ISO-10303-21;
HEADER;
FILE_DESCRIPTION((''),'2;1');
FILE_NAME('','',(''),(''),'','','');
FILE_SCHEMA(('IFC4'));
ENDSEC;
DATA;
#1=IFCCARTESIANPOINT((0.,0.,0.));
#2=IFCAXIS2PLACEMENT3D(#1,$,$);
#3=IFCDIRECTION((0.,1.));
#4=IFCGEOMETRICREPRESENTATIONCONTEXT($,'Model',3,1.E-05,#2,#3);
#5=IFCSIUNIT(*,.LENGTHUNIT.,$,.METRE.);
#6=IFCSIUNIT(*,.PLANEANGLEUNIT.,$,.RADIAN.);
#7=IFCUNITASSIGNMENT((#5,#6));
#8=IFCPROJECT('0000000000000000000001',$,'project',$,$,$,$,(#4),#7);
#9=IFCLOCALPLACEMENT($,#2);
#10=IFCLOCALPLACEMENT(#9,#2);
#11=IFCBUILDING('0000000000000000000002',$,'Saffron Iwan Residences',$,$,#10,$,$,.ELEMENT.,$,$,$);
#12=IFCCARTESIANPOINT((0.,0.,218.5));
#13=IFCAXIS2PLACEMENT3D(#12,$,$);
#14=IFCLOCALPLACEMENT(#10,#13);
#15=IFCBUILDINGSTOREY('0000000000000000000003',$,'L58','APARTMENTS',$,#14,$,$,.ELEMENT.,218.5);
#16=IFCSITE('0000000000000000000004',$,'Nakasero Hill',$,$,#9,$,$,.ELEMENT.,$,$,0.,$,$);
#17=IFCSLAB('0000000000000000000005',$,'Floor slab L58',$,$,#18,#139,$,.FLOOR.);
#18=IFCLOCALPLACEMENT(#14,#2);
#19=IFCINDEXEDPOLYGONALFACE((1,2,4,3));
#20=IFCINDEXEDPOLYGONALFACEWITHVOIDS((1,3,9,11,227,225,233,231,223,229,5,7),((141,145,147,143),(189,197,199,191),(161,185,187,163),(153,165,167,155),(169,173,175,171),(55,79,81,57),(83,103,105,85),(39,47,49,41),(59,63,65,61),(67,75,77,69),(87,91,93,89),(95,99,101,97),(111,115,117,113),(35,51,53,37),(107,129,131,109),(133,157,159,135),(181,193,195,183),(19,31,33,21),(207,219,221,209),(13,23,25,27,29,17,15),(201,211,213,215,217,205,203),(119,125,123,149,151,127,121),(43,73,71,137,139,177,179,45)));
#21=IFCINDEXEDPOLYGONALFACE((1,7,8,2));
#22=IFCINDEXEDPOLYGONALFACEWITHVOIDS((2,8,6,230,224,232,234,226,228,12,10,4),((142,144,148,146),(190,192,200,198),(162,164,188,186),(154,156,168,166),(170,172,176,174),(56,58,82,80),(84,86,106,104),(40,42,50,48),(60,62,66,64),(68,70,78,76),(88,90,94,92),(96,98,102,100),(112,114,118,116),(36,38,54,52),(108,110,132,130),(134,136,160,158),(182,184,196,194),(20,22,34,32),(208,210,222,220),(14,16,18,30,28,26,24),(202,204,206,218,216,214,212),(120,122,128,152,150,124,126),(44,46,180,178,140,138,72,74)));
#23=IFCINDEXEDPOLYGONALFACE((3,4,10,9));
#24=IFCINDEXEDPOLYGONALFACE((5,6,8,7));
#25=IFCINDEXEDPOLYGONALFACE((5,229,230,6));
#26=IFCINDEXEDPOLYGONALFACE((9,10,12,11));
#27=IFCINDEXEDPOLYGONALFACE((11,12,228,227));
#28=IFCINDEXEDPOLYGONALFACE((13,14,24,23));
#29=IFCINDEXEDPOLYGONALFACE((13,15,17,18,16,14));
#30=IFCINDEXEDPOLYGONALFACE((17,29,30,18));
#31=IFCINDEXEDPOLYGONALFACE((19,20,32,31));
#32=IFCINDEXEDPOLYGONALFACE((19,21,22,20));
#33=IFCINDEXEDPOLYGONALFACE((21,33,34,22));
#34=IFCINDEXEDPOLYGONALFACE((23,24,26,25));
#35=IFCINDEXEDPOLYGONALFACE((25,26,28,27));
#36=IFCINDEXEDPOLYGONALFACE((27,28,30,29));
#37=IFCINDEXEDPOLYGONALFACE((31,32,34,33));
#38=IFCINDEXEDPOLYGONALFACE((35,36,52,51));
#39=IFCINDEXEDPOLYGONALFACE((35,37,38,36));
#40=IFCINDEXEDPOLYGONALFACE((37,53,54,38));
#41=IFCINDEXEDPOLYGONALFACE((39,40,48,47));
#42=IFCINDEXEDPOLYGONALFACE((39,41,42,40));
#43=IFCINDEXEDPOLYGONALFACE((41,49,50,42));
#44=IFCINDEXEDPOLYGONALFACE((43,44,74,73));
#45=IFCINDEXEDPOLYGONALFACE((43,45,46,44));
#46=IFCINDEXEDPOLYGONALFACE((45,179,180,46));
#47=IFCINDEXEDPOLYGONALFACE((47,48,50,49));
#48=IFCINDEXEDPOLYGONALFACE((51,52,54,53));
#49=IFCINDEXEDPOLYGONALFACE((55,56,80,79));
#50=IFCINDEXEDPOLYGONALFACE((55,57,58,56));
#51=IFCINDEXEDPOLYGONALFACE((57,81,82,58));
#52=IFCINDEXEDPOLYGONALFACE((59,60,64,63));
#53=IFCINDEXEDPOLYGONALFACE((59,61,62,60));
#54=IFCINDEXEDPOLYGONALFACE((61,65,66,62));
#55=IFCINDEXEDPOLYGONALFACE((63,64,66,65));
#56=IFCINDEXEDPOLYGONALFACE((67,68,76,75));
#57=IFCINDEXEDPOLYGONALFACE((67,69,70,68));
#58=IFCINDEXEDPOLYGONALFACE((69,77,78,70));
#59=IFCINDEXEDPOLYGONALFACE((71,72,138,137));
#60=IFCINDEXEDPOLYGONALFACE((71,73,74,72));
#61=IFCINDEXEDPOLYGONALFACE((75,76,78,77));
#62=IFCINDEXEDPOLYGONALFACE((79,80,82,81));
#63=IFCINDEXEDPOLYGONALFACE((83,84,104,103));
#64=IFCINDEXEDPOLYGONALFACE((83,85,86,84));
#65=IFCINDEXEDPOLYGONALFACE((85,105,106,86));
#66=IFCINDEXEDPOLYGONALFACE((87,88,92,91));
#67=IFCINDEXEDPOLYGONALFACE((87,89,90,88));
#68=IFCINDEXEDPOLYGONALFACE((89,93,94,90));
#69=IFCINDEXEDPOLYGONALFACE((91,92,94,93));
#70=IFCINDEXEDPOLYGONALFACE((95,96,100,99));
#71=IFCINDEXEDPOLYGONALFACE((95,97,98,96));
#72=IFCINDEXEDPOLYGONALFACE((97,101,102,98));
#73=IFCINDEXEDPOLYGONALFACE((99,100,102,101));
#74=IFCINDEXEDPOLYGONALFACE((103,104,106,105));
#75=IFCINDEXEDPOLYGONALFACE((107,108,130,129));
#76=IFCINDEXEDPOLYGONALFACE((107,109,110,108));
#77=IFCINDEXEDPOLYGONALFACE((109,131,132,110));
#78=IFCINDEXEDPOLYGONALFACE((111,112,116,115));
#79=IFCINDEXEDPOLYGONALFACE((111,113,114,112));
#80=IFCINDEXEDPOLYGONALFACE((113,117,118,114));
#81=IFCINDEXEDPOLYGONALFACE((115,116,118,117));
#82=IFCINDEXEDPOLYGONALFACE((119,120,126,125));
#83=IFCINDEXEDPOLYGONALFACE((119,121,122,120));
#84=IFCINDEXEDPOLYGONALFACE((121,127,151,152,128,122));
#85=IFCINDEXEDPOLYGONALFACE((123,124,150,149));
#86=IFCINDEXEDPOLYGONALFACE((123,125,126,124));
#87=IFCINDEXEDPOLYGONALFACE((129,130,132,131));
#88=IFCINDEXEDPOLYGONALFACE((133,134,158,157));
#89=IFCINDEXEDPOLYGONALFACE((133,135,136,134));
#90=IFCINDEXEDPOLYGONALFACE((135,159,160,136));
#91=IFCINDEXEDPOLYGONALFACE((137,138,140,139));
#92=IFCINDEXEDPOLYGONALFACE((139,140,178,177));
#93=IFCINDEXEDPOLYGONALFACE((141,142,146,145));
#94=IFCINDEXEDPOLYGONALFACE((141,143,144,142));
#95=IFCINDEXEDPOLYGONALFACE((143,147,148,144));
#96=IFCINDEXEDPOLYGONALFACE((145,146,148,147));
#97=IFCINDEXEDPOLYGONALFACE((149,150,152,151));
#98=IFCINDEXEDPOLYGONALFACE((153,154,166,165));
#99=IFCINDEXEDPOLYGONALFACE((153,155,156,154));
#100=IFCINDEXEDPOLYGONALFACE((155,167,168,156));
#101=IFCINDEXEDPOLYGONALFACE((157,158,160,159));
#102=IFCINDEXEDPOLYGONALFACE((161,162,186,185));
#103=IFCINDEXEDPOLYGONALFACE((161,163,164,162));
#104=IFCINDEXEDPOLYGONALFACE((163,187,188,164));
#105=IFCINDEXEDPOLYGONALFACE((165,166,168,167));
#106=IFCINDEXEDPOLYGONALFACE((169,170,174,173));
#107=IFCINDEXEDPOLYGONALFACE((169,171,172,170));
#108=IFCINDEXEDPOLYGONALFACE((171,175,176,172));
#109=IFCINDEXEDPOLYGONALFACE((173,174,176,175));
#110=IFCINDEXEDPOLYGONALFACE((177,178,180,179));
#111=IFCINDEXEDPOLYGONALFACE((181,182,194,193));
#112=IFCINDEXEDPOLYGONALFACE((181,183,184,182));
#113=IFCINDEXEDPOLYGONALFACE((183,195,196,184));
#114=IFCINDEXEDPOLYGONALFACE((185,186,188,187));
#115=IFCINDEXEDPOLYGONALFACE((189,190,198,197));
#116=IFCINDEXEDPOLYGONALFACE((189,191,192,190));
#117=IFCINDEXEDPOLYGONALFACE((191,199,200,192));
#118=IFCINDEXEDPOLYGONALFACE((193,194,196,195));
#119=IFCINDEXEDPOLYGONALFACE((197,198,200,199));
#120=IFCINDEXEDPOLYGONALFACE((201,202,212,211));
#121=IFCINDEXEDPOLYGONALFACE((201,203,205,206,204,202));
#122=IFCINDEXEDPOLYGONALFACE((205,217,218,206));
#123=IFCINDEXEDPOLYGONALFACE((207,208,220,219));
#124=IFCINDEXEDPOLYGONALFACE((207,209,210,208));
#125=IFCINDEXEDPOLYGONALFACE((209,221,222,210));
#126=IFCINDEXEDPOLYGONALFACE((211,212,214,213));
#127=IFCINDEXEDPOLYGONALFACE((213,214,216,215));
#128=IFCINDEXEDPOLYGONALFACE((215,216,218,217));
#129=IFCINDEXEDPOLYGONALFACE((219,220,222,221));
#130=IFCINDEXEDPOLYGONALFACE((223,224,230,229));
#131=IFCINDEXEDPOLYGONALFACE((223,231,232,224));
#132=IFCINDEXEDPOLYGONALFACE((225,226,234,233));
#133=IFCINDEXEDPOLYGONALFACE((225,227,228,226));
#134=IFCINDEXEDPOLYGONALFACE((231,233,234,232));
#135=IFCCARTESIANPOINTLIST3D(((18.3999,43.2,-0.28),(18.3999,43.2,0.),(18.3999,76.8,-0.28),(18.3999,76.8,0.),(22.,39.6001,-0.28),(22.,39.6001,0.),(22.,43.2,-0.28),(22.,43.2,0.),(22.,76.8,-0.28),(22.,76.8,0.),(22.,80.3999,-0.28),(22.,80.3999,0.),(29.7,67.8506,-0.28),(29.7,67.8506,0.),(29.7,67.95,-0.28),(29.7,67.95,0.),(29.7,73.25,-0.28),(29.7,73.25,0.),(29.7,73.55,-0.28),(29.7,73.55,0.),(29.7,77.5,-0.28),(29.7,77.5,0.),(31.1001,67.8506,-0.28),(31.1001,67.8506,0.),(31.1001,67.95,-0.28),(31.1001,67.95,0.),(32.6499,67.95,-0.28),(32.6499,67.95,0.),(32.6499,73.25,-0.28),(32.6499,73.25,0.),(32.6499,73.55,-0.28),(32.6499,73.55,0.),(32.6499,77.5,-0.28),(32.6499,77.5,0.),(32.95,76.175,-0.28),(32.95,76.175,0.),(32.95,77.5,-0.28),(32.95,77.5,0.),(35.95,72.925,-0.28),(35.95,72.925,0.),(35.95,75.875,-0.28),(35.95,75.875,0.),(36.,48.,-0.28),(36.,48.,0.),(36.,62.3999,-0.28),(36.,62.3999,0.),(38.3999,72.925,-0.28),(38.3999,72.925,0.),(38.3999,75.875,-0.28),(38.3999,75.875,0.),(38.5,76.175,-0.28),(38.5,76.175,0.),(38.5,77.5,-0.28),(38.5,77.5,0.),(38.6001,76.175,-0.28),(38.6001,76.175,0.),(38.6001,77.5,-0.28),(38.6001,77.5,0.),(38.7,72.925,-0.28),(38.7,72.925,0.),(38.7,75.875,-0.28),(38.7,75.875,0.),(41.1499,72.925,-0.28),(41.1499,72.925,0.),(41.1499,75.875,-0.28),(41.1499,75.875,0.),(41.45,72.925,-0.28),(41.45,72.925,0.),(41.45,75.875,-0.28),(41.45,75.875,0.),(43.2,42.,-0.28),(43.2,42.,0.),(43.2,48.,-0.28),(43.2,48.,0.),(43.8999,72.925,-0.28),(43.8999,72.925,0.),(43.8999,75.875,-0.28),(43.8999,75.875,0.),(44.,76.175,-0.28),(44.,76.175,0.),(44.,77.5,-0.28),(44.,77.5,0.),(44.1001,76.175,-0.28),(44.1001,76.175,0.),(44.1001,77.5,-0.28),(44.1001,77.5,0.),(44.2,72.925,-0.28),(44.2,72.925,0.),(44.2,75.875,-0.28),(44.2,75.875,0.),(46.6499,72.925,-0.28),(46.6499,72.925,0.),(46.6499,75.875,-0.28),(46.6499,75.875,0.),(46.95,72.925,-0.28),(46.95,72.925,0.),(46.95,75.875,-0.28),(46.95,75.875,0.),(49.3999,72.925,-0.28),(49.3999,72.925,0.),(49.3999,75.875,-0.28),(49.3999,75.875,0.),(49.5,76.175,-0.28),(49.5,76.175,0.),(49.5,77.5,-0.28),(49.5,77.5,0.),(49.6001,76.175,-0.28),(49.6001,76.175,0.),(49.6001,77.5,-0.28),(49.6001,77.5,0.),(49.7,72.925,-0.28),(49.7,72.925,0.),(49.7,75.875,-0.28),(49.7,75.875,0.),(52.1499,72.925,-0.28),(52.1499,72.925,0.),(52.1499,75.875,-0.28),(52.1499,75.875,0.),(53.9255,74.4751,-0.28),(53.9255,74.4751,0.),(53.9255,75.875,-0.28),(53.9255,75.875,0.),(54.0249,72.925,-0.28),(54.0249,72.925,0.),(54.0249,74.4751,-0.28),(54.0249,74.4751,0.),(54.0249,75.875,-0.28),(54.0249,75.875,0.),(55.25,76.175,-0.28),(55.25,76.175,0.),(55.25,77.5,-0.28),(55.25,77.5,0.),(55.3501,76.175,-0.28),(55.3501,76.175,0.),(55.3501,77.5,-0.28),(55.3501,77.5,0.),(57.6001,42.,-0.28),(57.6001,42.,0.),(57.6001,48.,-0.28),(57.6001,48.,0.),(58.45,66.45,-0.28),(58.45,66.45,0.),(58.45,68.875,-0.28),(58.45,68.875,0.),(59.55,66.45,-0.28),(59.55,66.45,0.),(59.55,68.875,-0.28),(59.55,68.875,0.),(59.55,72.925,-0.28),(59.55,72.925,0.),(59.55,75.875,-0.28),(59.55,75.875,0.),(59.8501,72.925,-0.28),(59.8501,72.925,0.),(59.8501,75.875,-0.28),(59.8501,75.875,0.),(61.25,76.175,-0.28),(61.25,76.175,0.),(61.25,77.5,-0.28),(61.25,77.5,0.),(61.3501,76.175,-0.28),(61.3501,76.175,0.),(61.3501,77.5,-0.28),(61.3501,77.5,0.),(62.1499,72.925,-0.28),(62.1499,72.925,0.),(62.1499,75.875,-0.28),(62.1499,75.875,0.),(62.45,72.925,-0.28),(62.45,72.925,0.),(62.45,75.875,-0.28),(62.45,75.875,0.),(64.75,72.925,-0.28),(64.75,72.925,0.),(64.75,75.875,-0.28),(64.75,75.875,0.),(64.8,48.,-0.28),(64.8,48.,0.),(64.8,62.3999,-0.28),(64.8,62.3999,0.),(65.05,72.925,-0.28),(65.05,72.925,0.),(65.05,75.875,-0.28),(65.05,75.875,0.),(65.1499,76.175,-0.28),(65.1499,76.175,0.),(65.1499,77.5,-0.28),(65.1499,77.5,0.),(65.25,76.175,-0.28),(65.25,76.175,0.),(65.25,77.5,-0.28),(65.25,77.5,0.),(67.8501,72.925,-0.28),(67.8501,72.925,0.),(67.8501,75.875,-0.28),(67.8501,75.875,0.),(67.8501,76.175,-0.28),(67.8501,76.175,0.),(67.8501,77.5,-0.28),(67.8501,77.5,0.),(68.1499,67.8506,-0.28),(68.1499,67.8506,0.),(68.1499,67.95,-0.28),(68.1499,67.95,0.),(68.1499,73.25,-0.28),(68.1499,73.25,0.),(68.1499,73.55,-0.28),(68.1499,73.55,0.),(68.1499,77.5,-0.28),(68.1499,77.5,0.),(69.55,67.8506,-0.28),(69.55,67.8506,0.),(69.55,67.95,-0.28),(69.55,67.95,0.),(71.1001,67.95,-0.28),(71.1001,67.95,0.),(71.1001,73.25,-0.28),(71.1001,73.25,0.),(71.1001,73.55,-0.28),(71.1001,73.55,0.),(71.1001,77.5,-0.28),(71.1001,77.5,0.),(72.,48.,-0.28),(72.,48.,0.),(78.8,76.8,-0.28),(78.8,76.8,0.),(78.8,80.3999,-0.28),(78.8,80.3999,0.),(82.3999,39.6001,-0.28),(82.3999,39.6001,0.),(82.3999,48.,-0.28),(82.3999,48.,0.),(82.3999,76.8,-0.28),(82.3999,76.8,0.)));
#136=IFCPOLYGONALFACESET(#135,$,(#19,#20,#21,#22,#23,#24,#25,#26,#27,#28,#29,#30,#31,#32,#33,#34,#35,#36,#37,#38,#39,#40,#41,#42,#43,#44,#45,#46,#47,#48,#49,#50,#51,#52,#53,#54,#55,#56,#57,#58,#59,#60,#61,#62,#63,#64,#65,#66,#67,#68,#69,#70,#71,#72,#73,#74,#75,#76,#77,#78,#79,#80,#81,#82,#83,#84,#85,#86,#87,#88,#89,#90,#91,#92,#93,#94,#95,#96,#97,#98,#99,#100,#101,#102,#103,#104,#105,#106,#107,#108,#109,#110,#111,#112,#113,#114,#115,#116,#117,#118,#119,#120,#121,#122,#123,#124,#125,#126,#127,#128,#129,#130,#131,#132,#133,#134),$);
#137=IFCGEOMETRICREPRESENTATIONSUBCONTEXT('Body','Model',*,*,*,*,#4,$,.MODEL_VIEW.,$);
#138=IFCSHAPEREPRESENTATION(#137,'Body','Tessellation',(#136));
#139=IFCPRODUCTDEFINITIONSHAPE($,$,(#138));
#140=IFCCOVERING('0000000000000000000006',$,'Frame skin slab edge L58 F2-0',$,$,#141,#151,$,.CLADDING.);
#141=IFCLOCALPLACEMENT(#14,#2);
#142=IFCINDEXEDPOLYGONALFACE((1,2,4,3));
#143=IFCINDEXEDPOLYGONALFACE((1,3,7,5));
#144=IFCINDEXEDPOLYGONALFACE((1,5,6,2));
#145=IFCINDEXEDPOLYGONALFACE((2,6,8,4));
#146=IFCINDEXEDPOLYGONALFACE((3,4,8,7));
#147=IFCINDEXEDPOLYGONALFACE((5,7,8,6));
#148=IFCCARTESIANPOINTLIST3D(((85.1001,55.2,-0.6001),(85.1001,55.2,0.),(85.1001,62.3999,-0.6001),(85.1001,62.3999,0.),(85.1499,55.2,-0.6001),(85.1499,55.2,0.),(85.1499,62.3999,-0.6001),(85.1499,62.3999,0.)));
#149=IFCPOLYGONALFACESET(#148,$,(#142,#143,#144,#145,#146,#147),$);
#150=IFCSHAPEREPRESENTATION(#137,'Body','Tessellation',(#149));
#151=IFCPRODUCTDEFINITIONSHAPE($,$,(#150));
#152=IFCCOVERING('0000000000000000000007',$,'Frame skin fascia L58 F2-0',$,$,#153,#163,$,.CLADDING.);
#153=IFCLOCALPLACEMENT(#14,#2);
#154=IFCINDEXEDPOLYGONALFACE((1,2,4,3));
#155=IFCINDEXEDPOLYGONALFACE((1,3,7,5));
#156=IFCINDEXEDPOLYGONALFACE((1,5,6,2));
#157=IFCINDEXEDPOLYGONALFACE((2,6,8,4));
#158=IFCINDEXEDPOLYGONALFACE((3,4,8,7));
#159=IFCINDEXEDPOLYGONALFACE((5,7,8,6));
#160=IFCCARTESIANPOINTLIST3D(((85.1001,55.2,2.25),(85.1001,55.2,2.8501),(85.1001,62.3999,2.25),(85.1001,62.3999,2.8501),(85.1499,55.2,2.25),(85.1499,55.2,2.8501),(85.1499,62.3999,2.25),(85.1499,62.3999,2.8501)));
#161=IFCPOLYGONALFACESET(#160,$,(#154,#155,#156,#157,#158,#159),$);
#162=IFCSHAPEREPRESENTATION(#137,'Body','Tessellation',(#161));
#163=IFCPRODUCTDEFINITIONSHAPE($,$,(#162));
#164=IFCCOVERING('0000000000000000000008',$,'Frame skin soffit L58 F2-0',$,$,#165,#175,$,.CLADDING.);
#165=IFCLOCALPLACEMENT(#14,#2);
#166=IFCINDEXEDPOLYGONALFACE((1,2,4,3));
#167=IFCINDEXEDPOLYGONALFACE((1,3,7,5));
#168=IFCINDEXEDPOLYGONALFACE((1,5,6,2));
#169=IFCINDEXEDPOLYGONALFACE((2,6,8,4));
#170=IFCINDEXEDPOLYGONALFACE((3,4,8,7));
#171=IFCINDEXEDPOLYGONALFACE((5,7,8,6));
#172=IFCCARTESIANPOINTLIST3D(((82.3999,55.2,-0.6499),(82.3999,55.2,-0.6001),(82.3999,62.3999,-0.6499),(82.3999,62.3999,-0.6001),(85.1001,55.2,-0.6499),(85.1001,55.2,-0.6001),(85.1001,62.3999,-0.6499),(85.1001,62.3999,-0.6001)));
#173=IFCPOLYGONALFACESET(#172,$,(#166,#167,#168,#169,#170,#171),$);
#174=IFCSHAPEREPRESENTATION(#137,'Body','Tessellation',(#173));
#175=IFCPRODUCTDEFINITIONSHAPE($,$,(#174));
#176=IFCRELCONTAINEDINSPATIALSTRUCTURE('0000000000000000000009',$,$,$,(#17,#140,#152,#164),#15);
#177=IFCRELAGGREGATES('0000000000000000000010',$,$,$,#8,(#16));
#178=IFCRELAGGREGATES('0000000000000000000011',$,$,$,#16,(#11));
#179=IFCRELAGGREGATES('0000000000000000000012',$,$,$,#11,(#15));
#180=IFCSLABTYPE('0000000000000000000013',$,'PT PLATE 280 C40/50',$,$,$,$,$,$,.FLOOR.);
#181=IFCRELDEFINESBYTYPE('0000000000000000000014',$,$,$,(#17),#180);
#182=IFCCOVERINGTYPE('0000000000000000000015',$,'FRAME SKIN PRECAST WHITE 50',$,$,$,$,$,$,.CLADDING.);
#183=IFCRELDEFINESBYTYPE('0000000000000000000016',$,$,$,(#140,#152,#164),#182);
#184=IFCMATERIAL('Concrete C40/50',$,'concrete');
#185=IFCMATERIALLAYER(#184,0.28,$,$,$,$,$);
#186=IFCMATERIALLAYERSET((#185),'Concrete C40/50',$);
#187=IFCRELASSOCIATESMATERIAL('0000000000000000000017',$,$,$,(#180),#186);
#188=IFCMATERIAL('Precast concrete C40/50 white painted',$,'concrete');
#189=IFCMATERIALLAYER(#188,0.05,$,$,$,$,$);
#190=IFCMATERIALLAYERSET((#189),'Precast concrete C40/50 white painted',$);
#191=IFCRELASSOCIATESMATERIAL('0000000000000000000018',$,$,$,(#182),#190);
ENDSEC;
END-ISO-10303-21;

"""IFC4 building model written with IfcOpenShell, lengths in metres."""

from ifc_helpers import new_model, si_unit, direction, frame, origin, place, context, subcontext, project, spatial, polyline, outline, extrude, material, layer, layer_set, type_object, element, save


model = new_model("IFC4")

# Units and contexts
model_context = context("Model", 3, precision=1e-05, world=origin(), true_north=direction((0.0, 1.0)))
body_context = subcontext(model_context, "Body", "Model", "MODEL_VIEW")
ifc_project = project(units=[si_unit("LENGTHUNIT", "METRE"), si_unit("PLANEANGLEUNIT", "RADIAN")], contexts=[model_context])

# Site, building, storey
site_placement = place(None, origin())
site = spatial("IfcSite", under=ifc_project, at=site_placement, Name="Nakasero Hill", CompositionType="ELEMENT", RefElevation=0.0)
building_placement = place(site_placement, origin())
building = spatial("IfcBuilding", under=site, at=building_placement, Name="Saffron Iwan Residences", CompositionType="ELEMENT")
storey_placement = place(building_placement, frame((0.0, 0.0, 218.5)))
storey = spatial("IfcBuildingStorey", under=building, at=storey_placement, Name="L58", Description="APARTMENTS", CompositionType="ELEMENT", Elevation=218.5)

# Slab
ifc_material_1 = material(Name="Concrete C40/50", Category="concrete")
ifc_layer_1 = layer(ifc_material_1, 0.28)
ifc_layer_set_1 = layer_set([ifc_layer_1], Name="Concrete C40/50")
slab_type_1 = type_object("IfcSlabType", Name="PT PLATE 280 C40/50", PredefinedType="FLOOR", material=ifc_layer_set_1)
slab_1_placement = place(storey_placement, frame((0.0, 0.0, -0.28)))
element("IfcSlab", 1, at=slab_1_placement, inside=storey, type_object=slab_type_1, Name="Floor slab L58", PredefinedType="FLOOR", context=body_context, shape_type="SweptSolid", body=[
    extrude(outline(polyline([(18.3999, 43.2), (18.3999, 76.8), (22.0, 76.8), (22.0, 80.3999), (78.8, 80.3999), (78.8, 76.8), (82.3999, 76.8), (82.3999, 48.0), (72.0, 48.0), (82.3999, 39.6001), (22.0, 39.6001), (22.0, 43.2), (18.3999, 43.2)]), holes=[polyline([(64.8, 48.0), (64.8, 62.3999), (36.0, 62.3999), (36.0, 48.0), (43.2, 48.0), (43.2, 42.0), (57.6001, 42.0), (57.6001, 48.0), (64.8, 48.0)]), polyline([(29.7, 73.25), (29.7, 67.95), (29.7, 67.8506), (31.1001, 67.8506), (31.1001, 67.95), (32.6499, 67.95), (32.6499, 73.25), (29.7, 73.25)]), polyline([(38.3999, 75.875), (35.95, 75.875), (35.95, 72.925), (38.3999, 72.925), (38.3999, 75.875)]), polyline([(41.1499, 75.875), (38.7, 75.875), (38.7, 72.925), (41.1499, 72.925), (41.1499, 75.875)]), polyline([(43.8999, 72.925), (43.8999, 75.875), (41.45, 75.875), (41.45, 72.925), (43.8999, 72.925)]), polyline([(46.6499, 72.925), (46.6499, 75.875), (44.2, 75.875), (44.2, 72.925), (46.6499, 72.925)]), polyline([(49.3999, 75.875), (46.95, 75.875), (46.95, 72.925), (49.3999, 72.925), (49.3999, 75.875)]), polyline([(52.1499, 72.925), (52.1499, 75.875), (49.7, 75.875), (49.7, 72.925), (52.1499, 72.925)]), polyline([(32.6499, 73.55), (32.6499, 77.5), (29.7, 77.5), (29.7, 73.55), (32.6499, 73.55)]), polyline([(38.5, 77.5), (32.95, 77.5), (32.95, 76.175), (38.5, 76.175), (38.5, 77.5)]), polyline([(44.0, 76.175), (44.0, 77.5), (38.6001, 77.5), (38.6001, 76.175), (44.0, 76.175)]), polyline([(49.5, 76.175), (49.5, 77.5), (44.1001, 77.5), (44.1001, 76.175), (49.5, 76.175)]), polyline([(59.55, 68.875), (58.45, 68.875), (58.45, 66.45), (59.55, 66.45), (59.55, 68.875)]), polyline([(68.1499, 73.25), (68.1499, 67.95), (68.1499, 67.8506), (69.55, 67.8506), (69.55, 67.95), (71.1001, 67.95), (71.1001, 73.25), (68.1499, 73.25)]), polyline([(54.0249, 74.4751), (54.0249, 72.925), (59.55, 72.925), (59.55, 75.875), (54.0249, 75.875), (53.9255, 75.875), (53.9255, 74.4751), (54.0249, 74.4751)]), polyline([(62.1499, 72.925), (62.1499, 75.875), (59.8501, 75.875), (59.8501, 72.925), (62.1499, 72.925)]), polyline([(64.75, 72.925), (64.75, 75.875), (62.45, 75.875), (62.45, 72.925), (64.75, 72.925)]), polyline([(67.8501, 75.875), (65.05, 75.875), (65.05, 72.925), (67.8501, 72.925), (67.8501, 75.875)]), polyline([(71.1001, 73.55), (71.1001, 77.5), (68.1499, 77.5), (68.1499, 73.55), (71.1001, 73.55)]), polyline([(55.25, 76.175), (55.25, 77.5), (49.6001, 77.5), (49.6001, 76.175), (55.25, 76.175)]), polyline([(61.25, 77.5), (55.3501, 77.5), (55.3501, 76.175), (61.25, 76.175), (61.25, 77.5)]), polyline([(65.1499, 76.175), (65.1499, 77.5), (61.3501, 77.5), (61.3501, 76.175), (65.1499, 76.175)]), polyline([(67.8501, 76.175), (67.8501, 77.5), (65.25, 77.5), (65.25, 76.175), (67.8501, 76.175)])]), origin(), (0.0, 0.0, 1.0), 0.28),
])

# Coverings
ifc_material_2 = material(Name="Precast concrete C40/50 white painted", Category="concrete")
ifc_layer_2 = layer(ifc_material_2, 0.05)
ifc_layer_set_2 = layer_set([ifc_layer_2], Name="Precast concrete C40/50 white painted")
covering_type_1 = type_object("IfcCoveringType", Name="FRAME SKIN PRECAST WHITE 50", PredefinedType="CLADDING", material=ifc_layer_set_2)
for number, where, name in (
    (2, (0.0, 0.0, -0.6001), "Frame skin slab edge L58 F2-0"),
    (3, (0.0, 0.0, 2.25), "Frame skin fascia L58 F2-0"),
):
    element("IfcCovering", number, at=place(storey_placement, frame(where)), inside=storey, type_object=covering_type_1, Name=name, PredefinedType="CLADDING", context=body_context, shape_type="SweptSolid", body=[
        extrude(outline(polyline([(85.1499, 55.2), (85.1499, 62.3999), (85.1001, 62.3999), (85.1001, 55.2), (85.1499, 55.2)])), origin(), (0.0, 0.0, 1.0), 0.6001),
    ])
covering_1_placement = place(storey_placement, frame((0.0, 0.0, -0.6499)))
element("IfcCovering", 4, at=covering_1_placement, inside=storey, type_object=covering_type_1, Name="Frame skin soffit L58 F2-0", PredefinedType="CLADDING", context=body_context, shape_type="SweptSolid", body=[
    extrude(outline(polyline([(85.1001, 55.2), (85.1001, 62.3999), (82.3999, 62.3999), (82.3999, 55.2), (85.1001, 55.2)])), origin(), (0.0, 0.0, 1.0), 0.0498),
])

save(model, "model.ifc")
